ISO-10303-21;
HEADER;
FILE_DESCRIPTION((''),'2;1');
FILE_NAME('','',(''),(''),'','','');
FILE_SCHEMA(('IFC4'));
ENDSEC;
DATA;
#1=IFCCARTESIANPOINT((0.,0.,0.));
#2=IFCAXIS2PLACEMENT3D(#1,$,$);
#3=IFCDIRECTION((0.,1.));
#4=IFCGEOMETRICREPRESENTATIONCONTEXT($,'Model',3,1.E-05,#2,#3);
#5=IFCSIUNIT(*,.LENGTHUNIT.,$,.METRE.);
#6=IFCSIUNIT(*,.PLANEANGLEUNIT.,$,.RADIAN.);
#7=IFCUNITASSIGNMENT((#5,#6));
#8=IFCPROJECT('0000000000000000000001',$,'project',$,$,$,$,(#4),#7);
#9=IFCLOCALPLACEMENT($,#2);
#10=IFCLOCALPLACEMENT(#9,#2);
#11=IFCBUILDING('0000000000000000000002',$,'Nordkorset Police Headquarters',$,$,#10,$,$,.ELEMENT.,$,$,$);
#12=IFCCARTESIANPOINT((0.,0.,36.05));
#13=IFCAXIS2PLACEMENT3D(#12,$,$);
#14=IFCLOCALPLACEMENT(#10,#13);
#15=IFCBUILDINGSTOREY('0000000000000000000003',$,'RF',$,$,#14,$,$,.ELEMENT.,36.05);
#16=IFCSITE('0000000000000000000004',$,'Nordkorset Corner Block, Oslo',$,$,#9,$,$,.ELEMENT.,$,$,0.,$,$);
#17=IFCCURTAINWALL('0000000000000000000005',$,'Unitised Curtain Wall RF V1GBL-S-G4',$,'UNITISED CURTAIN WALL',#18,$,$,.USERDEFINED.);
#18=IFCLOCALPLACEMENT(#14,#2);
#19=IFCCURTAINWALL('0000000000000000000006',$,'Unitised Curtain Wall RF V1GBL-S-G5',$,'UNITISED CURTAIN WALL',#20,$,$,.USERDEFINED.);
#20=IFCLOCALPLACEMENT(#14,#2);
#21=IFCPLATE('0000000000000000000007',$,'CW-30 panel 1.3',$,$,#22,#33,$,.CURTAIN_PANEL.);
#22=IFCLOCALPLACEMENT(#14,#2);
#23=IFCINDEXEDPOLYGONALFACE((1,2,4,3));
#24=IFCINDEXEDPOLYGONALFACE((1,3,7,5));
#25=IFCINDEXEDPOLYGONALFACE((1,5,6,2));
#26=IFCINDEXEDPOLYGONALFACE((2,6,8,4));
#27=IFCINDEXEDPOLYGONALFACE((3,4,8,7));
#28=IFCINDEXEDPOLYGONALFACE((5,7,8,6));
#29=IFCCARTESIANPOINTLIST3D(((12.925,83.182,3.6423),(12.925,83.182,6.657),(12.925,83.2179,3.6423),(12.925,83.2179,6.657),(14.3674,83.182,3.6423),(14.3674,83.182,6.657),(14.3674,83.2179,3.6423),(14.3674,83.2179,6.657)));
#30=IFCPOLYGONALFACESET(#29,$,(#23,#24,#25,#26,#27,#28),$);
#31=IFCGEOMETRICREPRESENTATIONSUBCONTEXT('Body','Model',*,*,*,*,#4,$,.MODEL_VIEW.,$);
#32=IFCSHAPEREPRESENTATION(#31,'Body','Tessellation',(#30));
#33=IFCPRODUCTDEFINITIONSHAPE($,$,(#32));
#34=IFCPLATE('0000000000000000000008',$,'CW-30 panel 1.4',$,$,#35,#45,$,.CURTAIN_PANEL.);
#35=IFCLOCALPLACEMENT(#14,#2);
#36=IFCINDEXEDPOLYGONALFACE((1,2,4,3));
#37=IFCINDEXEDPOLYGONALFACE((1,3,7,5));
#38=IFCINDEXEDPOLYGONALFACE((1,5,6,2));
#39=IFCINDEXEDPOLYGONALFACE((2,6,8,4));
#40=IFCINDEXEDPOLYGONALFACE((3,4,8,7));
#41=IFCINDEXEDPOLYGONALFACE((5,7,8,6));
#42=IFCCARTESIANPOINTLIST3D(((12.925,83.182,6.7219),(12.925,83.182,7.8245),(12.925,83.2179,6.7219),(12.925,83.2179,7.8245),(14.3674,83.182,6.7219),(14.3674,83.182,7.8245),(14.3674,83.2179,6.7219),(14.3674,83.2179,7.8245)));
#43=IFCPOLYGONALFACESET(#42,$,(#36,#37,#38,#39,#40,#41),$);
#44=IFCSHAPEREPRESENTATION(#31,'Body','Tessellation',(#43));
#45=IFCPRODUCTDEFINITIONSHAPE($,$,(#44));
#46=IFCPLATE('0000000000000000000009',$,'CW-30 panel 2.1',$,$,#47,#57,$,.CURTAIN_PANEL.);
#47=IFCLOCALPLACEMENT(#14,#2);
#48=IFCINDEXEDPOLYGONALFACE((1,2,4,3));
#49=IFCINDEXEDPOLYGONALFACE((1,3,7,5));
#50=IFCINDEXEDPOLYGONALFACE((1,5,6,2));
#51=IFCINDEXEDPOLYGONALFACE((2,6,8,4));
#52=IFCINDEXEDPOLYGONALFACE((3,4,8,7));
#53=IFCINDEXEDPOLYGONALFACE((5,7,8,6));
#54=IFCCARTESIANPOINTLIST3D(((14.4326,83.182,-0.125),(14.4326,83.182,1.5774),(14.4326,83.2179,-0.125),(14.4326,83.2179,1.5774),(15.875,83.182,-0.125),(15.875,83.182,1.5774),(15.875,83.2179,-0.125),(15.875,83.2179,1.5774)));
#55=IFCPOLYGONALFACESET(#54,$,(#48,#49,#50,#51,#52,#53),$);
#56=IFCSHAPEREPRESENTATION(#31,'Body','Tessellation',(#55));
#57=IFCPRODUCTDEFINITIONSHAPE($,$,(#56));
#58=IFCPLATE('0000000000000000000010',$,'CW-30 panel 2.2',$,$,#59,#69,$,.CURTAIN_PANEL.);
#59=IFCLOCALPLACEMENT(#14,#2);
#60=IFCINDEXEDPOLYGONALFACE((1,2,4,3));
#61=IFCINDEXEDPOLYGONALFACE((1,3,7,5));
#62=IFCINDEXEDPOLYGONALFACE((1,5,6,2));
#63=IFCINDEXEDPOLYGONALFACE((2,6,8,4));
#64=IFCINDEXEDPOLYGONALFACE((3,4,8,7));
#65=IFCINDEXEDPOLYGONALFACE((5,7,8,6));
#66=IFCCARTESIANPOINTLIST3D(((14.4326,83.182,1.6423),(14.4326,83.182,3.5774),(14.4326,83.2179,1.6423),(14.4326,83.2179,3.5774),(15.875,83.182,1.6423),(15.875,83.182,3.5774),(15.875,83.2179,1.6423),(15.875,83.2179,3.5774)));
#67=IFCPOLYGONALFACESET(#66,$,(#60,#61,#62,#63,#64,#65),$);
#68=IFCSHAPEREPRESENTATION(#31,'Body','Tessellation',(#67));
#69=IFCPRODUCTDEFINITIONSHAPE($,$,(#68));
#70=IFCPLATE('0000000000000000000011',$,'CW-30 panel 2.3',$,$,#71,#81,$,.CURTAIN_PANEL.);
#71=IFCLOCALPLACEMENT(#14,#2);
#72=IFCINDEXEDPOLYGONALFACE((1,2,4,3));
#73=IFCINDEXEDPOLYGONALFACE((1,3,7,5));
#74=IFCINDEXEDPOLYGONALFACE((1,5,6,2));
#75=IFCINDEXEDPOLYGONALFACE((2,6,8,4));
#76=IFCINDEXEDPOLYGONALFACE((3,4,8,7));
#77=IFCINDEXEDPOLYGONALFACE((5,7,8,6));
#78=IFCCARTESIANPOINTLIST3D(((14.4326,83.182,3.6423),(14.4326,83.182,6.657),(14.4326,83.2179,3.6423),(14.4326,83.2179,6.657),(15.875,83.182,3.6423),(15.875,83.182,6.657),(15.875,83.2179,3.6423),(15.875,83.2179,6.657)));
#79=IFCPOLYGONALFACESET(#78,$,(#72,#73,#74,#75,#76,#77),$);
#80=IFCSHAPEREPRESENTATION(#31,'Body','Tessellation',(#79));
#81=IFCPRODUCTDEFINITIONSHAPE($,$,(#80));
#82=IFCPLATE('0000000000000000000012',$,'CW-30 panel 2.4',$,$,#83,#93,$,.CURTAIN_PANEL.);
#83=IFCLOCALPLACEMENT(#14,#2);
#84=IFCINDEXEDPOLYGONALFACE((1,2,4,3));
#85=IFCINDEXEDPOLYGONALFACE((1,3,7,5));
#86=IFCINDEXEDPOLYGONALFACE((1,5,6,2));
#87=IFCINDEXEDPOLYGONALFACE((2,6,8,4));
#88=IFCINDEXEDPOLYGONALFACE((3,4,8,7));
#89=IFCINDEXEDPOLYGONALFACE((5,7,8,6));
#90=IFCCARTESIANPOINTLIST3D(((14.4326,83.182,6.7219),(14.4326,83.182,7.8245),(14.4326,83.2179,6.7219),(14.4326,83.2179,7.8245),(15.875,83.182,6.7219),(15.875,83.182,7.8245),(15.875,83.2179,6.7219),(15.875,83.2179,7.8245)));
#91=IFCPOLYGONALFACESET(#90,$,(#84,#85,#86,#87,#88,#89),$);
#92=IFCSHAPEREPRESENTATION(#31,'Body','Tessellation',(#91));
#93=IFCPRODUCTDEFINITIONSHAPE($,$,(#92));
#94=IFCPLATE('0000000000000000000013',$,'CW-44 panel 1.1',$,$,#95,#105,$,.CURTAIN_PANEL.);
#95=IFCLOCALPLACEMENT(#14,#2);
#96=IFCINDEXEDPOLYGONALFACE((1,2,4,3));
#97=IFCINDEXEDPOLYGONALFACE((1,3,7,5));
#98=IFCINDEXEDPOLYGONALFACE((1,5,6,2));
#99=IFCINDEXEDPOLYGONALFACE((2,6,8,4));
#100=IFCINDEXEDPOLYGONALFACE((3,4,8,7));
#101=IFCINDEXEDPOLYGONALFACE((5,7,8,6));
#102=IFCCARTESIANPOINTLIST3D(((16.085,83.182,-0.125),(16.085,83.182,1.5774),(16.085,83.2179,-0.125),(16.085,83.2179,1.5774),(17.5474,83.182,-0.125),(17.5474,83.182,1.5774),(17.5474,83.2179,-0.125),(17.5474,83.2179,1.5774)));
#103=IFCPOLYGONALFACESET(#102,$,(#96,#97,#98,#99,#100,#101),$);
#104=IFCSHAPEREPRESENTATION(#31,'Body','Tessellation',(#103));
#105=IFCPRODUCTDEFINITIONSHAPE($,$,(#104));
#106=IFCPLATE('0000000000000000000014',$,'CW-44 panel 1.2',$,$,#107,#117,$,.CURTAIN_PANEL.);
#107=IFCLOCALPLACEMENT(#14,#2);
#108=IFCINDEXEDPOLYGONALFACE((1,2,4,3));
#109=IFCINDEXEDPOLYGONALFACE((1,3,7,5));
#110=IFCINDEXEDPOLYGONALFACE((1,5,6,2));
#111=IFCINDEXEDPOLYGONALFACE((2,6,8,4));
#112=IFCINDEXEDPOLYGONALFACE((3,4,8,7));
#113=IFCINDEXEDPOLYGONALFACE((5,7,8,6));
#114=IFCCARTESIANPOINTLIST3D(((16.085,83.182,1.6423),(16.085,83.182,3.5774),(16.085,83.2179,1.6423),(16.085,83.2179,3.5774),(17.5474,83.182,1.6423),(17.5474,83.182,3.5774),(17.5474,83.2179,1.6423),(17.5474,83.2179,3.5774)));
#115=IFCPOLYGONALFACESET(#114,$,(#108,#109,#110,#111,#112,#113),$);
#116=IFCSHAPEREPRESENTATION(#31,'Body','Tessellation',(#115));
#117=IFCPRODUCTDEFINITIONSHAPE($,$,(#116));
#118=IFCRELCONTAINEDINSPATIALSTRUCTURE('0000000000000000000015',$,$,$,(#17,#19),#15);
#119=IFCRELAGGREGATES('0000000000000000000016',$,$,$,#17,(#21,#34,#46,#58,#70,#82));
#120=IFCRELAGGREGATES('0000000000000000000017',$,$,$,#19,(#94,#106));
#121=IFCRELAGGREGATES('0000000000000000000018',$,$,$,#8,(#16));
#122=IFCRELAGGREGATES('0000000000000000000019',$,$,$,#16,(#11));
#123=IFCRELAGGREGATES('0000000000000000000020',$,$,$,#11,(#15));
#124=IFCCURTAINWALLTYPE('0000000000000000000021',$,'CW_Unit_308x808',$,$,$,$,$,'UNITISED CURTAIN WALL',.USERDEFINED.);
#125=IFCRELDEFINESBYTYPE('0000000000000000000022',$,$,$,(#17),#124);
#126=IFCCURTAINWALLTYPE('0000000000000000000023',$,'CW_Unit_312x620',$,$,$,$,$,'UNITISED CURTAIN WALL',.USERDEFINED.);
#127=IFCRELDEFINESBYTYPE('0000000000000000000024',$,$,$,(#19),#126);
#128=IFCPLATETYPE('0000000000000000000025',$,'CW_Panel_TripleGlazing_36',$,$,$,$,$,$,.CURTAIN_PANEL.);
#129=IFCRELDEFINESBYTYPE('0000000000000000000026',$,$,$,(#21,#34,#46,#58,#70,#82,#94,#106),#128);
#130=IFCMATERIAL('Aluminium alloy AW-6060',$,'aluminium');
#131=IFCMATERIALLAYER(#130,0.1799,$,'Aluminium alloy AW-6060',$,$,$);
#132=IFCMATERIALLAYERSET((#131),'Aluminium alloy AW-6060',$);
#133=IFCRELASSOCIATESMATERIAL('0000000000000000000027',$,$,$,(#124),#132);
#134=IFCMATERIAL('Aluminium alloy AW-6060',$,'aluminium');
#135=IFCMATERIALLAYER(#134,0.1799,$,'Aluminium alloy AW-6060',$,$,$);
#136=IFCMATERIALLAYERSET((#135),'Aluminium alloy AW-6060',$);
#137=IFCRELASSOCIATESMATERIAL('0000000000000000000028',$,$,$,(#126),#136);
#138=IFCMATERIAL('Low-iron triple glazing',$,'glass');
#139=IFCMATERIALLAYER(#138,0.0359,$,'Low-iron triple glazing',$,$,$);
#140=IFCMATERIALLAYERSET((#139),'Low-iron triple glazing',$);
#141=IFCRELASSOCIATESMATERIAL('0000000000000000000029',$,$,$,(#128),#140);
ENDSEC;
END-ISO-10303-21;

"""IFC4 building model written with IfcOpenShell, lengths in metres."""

from ifc_helpers import new_model, si_unit, direction, frame, origin, origin_2d, place, context, subcontext, project, spatial, rectangle, extrude, material, layer, layer_set, type_object, element, aggregate, save


model = new_model("IFC4")

# Units and contexts
model_context = context("Model", 3, precision=1e-05, world=origin(), true_north=direction((0.0, 1.0)))
body_context = subcontext(model_context, "Body", "Model", "MODEL_VIEW")
ifc_project = project(units=[si_unit("LENGTHUNIT", "METRE"), si_unit("PLANEANGLEUNIT", "RADIAN")], contexts=[model_context])

# Site, building, storey
site_placement = place(None, origin())
site = spatial("IfcSite", under=ifc_project, at=site_placement, Name="Nordkorset Corner Block, Oslo", CompositionType="ELEMENT", RefElevation=0.0)
building_placement = place(site_placement, origin())
building = spatial("IfcBuilding", under=site, at=building_placement, Name="Nordkorset Police Headquarters", CompositionType="ELEMENT")
storey_placement = place(building_placement, frame((0.0, 0.0, 36.05)))
storey = spatial("IfcBuildingStorey", under=building, at=storey_placement, Name="RF", CompositionType="ELEMENT", Elevation=36.05)

# Curtain walls
ifc_material_1 = material(Name="Aluminium alloy AW-6060", Category="aluminium")
ifc_layer_1 = layer(ifc_material_1, 0.1799, Name="Aluminium alloy AW-6060")
ifc_layer_set_1 = layer_set([ifc_layer_1], Name="Aluminium alloy AW-6060")
curtain_wall_type_1 = type_object("IfcCurtainWallType", Name="CW_Unit_308x808", ElementType="UNITISED CURTAIN WALL", PredefinedType="USERDEFINED", material=ifc_layer_set_1)
curtain_wall_1_placement = place(storey_placement, origin())
curtain_wall_1 = element("IfcCurtainWall", 1, at=curtain_wall_1_placement, inside=storey, type_object=curtain_wall_type_1, Name="Unitised Curtain Wall RF V1GBL-S-G4", ObjectType="UNITISED CURTAIN WALL", PredefinedType="USERDEFINED")
ifc_material_2 = material(Name="Aluminium alloy AW-6060", Category="aluminium")
ifc_layer_2 = layer(ifc_material_2, 0.1799, Name="Aluminium alloy AW-6060")
ifc_layer_set_2 = layer_set([ifc_layer_2], Name="Aluminium alloy AW-6060")
curtain_wall_type_2 = type_object("IfcCurtainWallType", Name="CW_Unit_312x620", ElementType="UNITISED CURTAIN WALL", PredefinedType="USERDEFINED", material=ifc_layer_set_2)
curtain_wall_2_placement = place(storey_placement, origin())
curtain_wall_2 = element("IfcCurtainWall", 2, at=curtain_wall_2_placement, inside=storey, type_object=curtain_wall_type_2, Name="Unitised Curtain Wall RF V1GBL-S-G5", ObjectType="UNITISED CURTAIN WALL", PredefinedType="USERDEFINED")

# Plates
ifc_material_3 = material(Name="Low-iron triple glazing", Category="glass")
ifc_layer_3 = layer(ifc_material_3, 0.0359, Name="Low-iron triple glazing")
ifc_layer_set_3 = layer_set([ifc_layer_3], Name="Low-iron triple glazing")
plate_type = type_object("IfcPlateType", Name="CW_Panel_TripleGlazing_36", PredefinedType="CURTAIN_PANEL", material=ifc_layer_set_3)
plate_1_placement = place(storey_placement, frame((13.6462, 83.2, 3.6423), z_axis=(0.0, 0.0, 1.0), x_axis=(1.0, 0.0, 0.0)))
plate_1 = element("IfcPlate", 3, at=plate_1_placement, type_object=plate_type, Name="CW-30 panel 1.3", PredefinedType="CURTAIN_PANEL", context=body_context, shape_type="SweptSolid", body=[
    extrude(rectangle(XDim=1.4424, YDim=0.0359, at=origin_2d()), origin(), (0.0, 0.0, 1.0), 3.0146),
])
plate_2_placement = place(storey_placement, frame((13.6462, 83.2, 6.7219), z_axis=(0.0, 0.0, 1.0), x_axis=(1.0, 0.0, 0.0)))
plate_2 = element("IfcPlate", 4, at=plate_2_placement, type_object=plate_type, Name="CW-30 panel 1.4", PredefinedType="CURTAIN_PANEL", context=body_context, shape_type="SweptSolid", body=[
    extrude(rectangle(XDim=1.4424, YDim=0.0359, at=origin_2d()), origin(), (0.0, 0.0, 1.0), 1.1025),
])
plate_3_placement = place(storey_placement, frame((15.1538, 83.2, -0.125), z_axis=(0.0, 0.0, 1.0), x_axis=(1.0, 0.0, 0.0)))
plate_3 = element("IfcPlate", 5, at=plate_3_placement, type_object=plate_type, Name="CW-30 panel 2.1", PredefinedType="CURTAIN_PANEL", context=body_context, shape_type="SweptSolid", body=[
    extrude(rectangle(XDim=1.4424, YDim=0.0359, at=origin_2d()), origin(), (0.0, 0.0, 1.0), 1.7024),
])
plate_4_placement = place(storey_placement, frame((15.1538, 83.2, 1.6423), z_axis=(0.0, 0.0, 1.0), x_axis=(1.0, 0.0, 0.0)))
plate_4 = element("IfcPlate", 6, at=plate_4_placement, type_object=plate_type, Name="CW-30 panel 2.2", PredefinedType="CURTAIN_PANEL", context=body_context, shape_type="SweptSolid", body=[
    extrude(rectangle(XDim=1.4424, YDim=0.0359, at=origin_2d()), origin(), (0.0, 0.0, 1.0), 1.9351),
])
plate_5_placement = place(storey_placement, frame((15.1538, 83.2, 3.6423), z_axis=(0.0, 0.0, 1.0), x_axis=(1.0, 0.0, 0.0)))
plate_5 = element("IfcPlate", 7, at=plate_5_placement, type_object=plate_type, Name="CW-30 panel 2.3", PredefinedType="CURTAIN_PANEL", context=body_context, shape_type="SweptSolid", body=[
    extrude(rectangle(XDim=1.4424, YDim=0.0359, at=origin_2d()), origin(), (0.0, 0.0, 1.0), 3.0146),
])
plate_6_placement = place(storey_placement, frame((15.1538, 83.2, 6.7219), z_axis=(0.0, 0.0, 1.0), x_axis=(1.0, 0.0, 0.0)))
plate_6 = element("IfcPlate", 8, at=plate_6_placement, type_object=plate_type, Name="CW-30 panel 2.4", PredefinedType="CURTAIN_PANEL", context=body_context, shape_type="SweptSolid", body=[
    extrude(rectangle(XDim=1.4424, YDim=0.0359, at=origin_2d()), origin(), (0.0, 0.0, 1.0), 1.1025),
])
aggregate(curtain_wall_1, [plate_1, plate_2, plate_3, plate_4, plate_5, plate_6])
plate_7_placement = place(storey_placement, frame((16.8162, 83.2, -0.125), z_axis=(0.0, 0.0, 1.0), x_axis=(1.0, 0.0, 0.0)))
plate_7 = element("IfcPlate", 9, at=plate_7_placement, type_object=plate_type, Name="CW-44 panel 1.1", PredefinedType="CURTAIN_PANEL", context=body_context, shape_type="SweptSolid", body=[
    extrude(rectangle(XDim=1.4624, YDim=0.0359, at=origin_2d()), origin(), (0.0, 0.0, 1.0), 1.7024),
])
plate_8_placement = place(storey_placement, frame((16.8162, 83.2, 1.6423), z_axis=(0.0, 0.0, 1.0), x_axis=(1.0, 0.0, 0.0)))
plate_8 = element("IfcPlate", 10, at=plate_8_placement, type_object=plate_type, Name="CW-44 panel 1.2", PredefinedType="CURTAIN_PANEL", context=body_context, shape_type="SweptSolid", body=[
    extrude(rectangle(XDim=1.4624, YDim=0.0359, at=origin_2d()), origin(), (0.0, 0.0, 1.0), 1.9351),
])
aggregate(curtain_wall_2, [plate_7, plate_8])

save(model, "model.ifc")
